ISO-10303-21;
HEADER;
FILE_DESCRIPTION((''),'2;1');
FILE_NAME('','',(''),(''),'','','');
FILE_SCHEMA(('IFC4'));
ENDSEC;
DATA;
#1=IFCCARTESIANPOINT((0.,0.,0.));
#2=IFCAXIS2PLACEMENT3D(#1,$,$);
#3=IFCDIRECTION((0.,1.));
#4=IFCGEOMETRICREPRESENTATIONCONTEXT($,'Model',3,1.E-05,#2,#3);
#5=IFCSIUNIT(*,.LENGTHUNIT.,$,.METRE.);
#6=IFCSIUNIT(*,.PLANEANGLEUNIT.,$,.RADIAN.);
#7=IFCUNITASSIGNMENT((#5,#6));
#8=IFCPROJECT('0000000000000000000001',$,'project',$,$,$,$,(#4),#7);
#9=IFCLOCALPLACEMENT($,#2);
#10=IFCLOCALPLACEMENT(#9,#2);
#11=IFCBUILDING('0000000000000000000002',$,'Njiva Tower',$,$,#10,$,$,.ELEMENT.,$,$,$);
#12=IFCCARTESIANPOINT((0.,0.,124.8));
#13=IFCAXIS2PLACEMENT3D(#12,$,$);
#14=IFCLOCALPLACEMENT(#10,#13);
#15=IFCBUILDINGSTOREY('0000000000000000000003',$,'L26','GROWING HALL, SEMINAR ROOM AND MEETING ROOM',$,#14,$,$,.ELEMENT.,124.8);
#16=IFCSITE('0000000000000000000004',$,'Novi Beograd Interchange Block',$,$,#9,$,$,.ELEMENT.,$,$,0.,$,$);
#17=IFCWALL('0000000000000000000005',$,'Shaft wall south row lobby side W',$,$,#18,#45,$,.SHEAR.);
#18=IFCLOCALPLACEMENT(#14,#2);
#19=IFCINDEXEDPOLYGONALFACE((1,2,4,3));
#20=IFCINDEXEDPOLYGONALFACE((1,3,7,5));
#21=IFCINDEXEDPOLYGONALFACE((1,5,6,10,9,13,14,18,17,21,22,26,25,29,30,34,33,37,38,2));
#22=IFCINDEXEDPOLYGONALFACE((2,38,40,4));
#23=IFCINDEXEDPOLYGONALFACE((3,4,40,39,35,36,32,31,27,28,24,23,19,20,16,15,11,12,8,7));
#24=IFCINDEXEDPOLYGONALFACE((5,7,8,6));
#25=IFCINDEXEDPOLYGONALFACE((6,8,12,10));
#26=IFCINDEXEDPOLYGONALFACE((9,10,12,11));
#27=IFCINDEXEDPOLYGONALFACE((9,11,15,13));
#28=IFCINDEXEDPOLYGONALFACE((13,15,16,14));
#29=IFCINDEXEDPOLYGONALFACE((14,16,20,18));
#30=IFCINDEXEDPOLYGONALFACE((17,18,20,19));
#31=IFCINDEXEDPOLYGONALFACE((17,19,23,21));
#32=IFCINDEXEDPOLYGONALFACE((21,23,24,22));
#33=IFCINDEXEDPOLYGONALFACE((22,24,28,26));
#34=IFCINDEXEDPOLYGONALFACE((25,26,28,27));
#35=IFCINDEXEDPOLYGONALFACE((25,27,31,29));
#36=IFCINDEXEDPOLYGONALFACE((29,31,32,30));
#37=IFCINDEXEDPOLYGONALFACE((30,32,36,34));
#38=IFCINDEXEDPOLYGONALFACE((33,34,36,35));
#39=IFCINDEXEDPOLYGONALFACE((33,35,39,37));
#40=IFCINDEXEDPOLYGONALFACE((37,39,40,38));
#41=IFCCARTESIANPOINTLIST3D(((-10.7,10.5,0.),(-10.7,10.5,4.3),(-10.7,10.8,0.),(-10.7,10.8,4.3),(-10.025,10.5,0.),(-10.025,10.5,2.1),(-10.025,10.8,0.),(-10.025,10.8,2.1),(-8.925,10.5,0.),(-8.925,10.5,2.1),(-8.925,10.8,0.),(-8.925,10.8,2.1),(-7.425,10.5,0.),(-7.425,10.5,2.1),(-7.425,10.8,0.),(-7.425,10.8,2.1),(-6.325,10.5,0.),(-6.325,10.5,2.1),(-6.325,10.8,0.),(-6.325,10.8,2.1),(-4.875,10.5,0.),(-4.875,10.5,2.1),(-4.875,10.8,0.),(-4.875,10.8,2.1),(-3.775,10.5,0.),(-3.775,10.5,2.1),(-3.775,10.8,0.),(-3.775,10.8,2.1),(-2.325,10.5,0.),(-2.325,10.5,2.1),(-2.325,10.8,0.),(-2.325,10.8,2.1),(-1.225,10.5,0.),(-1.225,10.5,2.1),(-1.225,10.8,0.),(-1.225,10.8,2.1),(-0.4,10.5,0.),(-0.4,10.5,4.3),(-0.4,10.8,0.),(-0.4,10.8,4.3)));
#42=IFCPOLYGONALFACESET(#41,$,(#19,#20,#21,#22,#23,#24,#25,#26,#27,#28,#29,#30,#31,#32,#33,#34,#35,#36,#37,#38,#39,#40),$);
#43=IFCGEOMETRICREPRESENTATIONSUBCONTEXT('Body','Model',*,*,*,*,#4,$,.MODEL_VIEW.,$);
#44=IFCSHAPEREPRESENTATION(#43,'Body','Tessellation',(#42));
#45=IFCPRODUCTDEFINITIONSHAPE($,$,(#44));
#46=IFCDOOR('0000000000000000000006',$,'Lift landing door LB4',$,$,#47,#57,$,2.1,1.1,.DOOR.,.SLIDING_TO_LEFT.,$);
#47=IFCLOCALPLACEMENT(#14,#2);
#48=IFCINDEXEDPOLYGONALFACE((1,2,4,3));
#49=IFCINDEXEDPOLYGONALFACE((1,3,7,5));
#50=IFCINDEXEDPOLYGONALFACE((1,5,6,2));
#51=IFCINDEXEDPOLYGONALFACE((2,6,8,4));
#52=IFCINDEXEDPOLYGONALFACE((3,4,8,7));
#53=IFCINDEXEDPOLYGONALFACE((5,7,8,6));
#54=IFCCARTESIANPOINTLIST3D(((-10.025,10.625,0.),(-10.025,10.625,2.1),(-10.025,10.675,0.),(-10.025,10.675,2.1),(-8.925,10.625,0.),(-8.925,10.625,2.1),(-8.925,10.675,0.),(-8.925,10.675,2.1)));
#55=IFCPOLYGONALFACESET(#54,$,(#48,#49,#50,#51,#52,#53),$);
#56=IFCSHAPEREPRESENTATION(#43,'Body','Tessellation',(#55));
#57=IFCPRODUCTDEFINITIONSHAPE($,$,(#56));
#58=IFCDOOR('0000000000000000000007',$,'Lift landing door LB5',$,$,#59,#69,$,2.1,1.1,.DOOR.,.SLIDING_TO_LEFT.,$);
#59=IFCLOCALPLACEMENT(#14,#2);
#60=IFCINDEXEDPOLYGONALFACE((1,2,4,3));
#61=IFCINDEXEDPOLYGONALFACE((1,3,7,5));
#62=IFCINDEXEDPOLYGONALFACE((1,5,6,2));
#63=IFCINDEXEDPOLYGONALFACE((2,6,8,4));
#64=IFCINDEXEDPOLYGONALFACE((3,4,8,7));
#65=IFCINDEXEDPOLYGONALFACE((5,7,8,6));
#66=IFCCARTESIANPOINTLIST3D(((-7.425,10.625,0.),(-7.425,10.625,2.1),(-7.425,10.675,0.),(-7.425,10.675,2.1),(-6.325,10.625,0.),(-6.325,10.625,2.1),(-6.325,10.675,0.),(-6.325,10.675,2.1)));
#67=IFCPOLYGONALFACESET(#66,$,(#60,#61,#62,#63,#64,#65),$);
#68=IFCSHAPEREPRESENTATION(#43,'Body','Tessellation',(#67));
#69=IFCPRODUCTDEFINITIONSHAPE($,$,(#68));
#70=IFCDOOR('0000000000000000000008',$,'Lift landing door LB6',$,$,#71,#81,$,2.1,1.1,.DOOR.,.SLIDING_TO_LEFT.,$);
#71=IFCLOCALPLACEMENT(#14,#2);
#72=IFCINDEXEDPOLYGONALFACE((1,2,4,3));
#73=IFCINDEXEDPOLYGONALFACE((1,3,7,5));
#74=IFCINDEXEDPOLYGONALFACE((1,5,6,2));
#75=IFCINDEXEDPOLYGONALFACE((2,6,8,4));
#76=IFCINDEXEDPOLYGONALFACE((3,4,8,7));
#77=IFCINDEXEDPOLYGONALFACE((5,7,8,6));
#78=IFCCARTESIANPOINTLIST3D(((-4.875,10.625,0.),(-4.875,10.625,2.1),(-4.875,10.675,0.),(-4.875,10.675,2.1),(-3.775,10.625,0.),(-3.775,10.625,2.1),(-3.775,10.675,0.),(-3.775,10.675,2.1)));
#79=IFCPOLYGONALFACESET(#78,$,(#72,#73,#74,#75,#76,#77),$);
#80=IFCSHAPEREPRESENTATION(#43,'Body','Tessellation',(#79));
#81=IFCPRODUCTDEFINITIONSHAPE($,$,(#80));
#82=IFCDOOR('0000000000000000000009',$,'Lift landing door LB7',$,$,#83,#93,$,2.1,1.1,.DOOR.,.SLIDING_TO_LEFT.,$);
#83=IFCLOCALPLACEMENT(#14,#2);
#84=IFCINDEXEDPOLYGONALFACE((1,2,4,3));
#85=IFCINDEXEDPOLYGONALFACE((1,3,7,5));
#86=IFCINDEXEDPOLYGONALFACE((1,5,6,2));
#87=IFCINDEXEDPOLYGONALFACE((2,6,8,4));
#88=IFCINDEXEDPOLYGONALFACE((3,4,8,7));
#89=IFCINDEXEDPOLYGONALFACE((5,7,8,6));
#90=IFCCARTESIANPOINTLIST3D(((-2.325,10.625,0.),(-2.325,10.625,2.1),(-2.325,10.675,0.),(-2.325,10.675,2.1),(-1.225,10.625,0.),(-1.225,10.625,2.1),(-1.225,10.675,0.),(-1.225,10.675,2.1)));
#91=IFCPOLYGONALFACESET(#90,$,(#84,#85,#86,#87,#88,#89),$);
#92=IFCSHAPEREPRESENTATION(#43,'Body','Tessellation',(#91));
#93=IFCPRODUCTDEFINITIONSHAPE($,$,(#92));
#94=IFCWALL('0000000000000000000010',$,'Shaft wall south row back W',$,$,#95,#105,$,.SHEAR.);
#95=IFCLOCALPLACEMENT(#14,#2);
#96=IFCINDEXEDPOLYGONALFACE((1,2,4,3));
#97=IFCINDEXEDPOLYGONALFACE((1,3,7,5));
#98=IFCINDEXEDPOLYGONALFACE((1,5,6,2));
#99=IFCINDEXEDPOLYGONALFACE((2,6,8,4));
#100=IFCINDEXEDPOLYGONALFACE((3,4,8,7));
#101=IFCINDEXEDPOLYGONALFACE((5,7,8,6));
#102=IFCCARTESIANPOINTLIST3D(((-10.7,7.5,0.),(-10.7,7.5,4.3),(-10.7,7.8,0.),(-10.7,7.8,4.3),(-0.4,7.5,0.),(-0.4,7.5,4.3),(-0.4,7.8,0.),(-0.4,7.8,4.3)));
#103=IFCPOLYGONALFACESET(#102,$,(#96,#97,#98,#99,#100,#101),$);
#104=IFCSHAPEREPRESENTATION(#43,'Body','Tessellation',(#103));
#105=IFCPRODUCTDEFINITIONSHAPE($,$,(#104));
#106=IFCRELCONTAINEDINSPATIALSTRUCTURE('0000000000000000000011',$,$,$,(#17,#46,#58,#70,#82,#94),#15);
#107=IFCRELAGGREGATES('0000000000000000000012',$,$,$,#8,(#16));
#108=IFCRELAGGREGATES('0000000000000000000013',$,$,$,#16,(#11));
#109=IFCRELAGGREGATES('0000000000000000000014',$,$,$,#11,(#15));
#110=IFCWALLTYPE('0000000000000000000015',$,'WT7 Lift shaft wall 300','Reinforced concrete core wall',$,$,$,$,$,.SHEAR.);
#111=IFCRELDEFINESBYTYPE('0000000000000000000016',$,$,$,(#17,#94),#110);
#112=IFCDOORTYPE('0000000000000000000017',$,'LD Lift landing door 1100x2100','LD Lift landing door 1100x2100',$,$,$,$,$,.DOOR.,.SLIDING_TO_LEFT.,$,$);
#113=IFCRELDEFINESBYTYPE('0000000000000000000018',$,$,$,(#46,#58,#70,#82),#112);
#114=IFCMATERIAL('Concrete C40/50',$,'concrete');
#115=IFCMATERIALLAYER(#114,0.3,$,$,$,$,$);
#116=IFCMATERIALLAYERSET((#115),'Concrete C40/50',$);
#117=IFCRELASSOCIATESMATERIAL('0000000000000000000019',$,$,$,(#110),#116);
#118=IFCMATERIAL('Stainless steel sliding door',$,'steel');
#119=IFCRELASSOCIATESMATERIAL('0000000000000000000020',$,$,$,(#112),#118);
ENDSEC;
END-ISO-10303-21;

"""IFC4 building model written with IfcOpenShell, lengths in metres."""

from ifc_helpers import new_model, si_unit, direction, frame, frame_2d, origin, place, context, subcontext, project, spatial, rectangle, extrude, material, layer, layer_set, type_object, element, fill, save


model = new_model("IFC4")

# Units and contexts
model_context = context("Model", 3, precision=1e-05, world=origin(), true_north=direction((0.0, 1.0)))
body_context = subcontext(model_context, "Body", "Model", "MODEL_VIEW")
ifc_project = project(units=[si_unit("LENGTHUNIT", "METRE"), si_unit("PLANEANGLEUNIT", "RADIAN")], contexts=[model_context])

# Site, building, storey
site_placement = place(None, origin())
site = spatial("IfcSite", under=ifc_project, at=site_placement, Name="Novi Beograd Interchange Block", CompositionType="ELEMENT", RefElevation=0.0)
building_placement = place(site_placement, origin())
building = spatial("IfcBuilding", under=site, at=building_placement, Name="Njiva Tower", CompositionType="ELEMENT")
storey_placement = place(building_placement, frame((0.0, 0.0, 124.8)))
storey = spatial("IfcBuildingStorey", under=building, at=storey_placement, Name="L26", Description="GROWING HALL, SEMINAR ROOM AND MEETING ROOM", CompositionType="ELEMENT", Elevation=124.8)

# Shared definitions
ifc_material_1 = material(Name="Concrete C40/50", Category="concrete")

# Wall, openings, doors
ifc_layer_1 = layer(ifc_material_1, 0.3)
ifc_layer_set_1 = layer_set([ifc_layer_1], Name="Concrete C40/50")
wall_type_1 = type_object("IfcWallType", Name="WT7 Lift shaft wall 300", Description="Reinforced concrete core wall", PredefinedType="SHEAR", material=ifc_layer_set_1)
wall_1_placement = place(storey_placement, frame((-10.7, 10.65, 0.0), z_axis=(0.0, 0.0, 1.0), x_axis=(1.0, 0.0, 0.0)))
wall_1 = element("IfcWall", 1, at=wall_1_placement, inside=storey, type_object=wall_type_1, Name="Shaft wall south row lobby side W", PredefinedType="SHEAR", context=body_context, shape_type="SweptSolid", body=[
    extrude(rectangle(XDim=10.3, YDim=0.3, at=frame_2d((5.15, 0.0))), origin(), (0.0, 0.0, 1.0), 4.3),
])
opening_1_placement = place(wall_1_placement, frame((0.675, 0.0, 0.0)))
opening_1 = element("IfcOpeningElement", 2, at=opening_1_placement, cuts=wall_1, PredefinedType="OPENING", context=body_context, shape_type="SweptSolid", body=[
    extrude(rectangle(XDim=1.1, YDim=2.1, at=frame_2d((0.55, 1.05))), frame((0.0, 0.16, 0.0), z_axis=(0.0, -1.0, 0.0), x_axis=(1.0, 0.0, 0.0)), (0.0, 0.0, 1.0), 0.32),
])
opening_2_placement = place(wall_1_placement, frame((3.275, 0.0, 0.0)))
opening_2 = element("IfcOpeningElement", 3, at=opening_2_placement, cuts=wall_1, PredefinedType="OPENING", context=body_context, shape_type="SweptSolid", body=[
    extrude(rectangle(XDim=1.1, YDim=2.1, at=frame_2d((0.55, 1.05))), frame((0.0, 0.16, 0.0), z_axis=(0.0, -1.0, 0.0), x_axis=(1.0, 0.0, 0.0)), (0.0, 0.0, 1.0), 0.32),
])
opening_3_placement = place(wall_1_placement, frame((5.825, 0.0, 0.0)))
opening_3 = element("IfcOpeningElement", 4, at=opening_3_placement, cuts=wall_1, PredefinedType="OPENING", context=body_context, shape_type="SweptSolid", body=[
    extrude(rectangle(XDim=1.1, YDim=2.1, at=frame_2d((0.55, 1.05))), frame((0.0, 0.16, 0.0), z_axis=(0.0, -1.0, 0.0), x_axis=(1.0, 0.0, 0.0)), (0.0, 0.0, 1.0), 0.32),
])
opening_4_placement = place(wall_1_placement, frame((8.375, 0.0, 0.0)))
opening_4 = element("IfcOpeningElement", 5, at=opening_4_placement, cuts=wall_1, PredefinedType="OPENING", context=body_context, shape_type="SweptSolid", body=[
    extrude(rectangle(XDim=1.1, YDim=2.1, at=frame_2d((0.55, 1.05))), frame((0.0, 0.16, 0.0), z_axis=(0.0, -1.0, 0.0), x_axis=(1.0, 0.0, 0.0)), (0.0, 0.0, 1.0), 0.32),
])
ifc_material_2 = material(Name="Stainless steel sliding door", Category="steel")
door_type_1 = type_object("IfcDoorType", Name="LD Lift landing door 1100x2100", Description="LD Lift landing door 1100x2100", OperationType="SLIDING_TO_LEFT", PredefinedType="DOOR", material=ifc_material_2)
door_1_placement = place(opening_1_placement, origin())
door_1 = element("IfcDoor", 6, at=door_1_placement, inside=storey, type_object=door_type_1, Name="Lift landing door LB4", OperationType="SLIDING_TO_LEFT", OverallHeight=2.1, OverallWidth=1.1, PredefinedType="DOOR", context=body_context, shape_type="SweptSolid", body=[
    extrude(rectangle(XDim=1.1, YDim=2.1, at=frame_2d((0.55, 1.05))), frame((0.0, 0.025, 0.0), z_axis=(0.0, -1.0, 0.0), x_axis=(1.0, 0.0, 0.0)), (0.0, 0.0, 1.0), 0.05),
])
fill(opening_1, door_1)
door_2_placement = place(opening_2_placement, origin())
door_2 = element("IfcDoor", 7, at=door_2_placement, inside=storey, type_object=door_type_1, Name="Lift landing door LB5", OperationType="SLIDING_TO_LEFT", OverallHeight=2.1, OverallWidth=1.1, PredefinedType="DOOR", context=body_context, shape_type="SweptSolid", body=[
    extrude(rectangle(XDim=1.1, YDim=2.1, at=frame_2d((0.55, 1.05))), frame((0.0, 0.025, 0.0), z_axis=(0.0, -1.0, 0.0), x_axis=(1.0, 0.0, 0.0)), (0.0, 0.0, 1.0), 0.05),
])
fill(opening_2, door_2)
door_3_placement = place(opening_3_placement, origin())
door_3 = element("IfcDoor", 8, at=door_3_placement, inside=storey, type_object=door_type_1, Name="Lift landing door LB6", OperationType="SLIDING_TO_LEFT", OverallHeight=2.1, OverallWidth=1.1, PredefinedType="DOOR", context=body_context, shape_type="SweptSolid", body=[
    extrude(rectangle(XDim=1.1, YDim=2.1, at=frame_2d((0.55, 1.05))), frame((0.0, 0.025, 0.0), z_axis=(0.0, -1.0, 0.0), x_axis=(1.0, 0.0, 0.0)), (0.0, 0.0, 1.0), 0.05),
])
fill(opening_3, door_3)
door_4_placement = place(opening_4_placement, origin())
door_4 = element("IfcDoor", 9, at=door_4_placement, inside=storey, type_object=door_type_1, Name="Lift landing door LB7", OperationType="SLIDING_TO_LEFT", OverallHeight=2.1, OverallWidth=1.1, PredefinedType="DOOR", context=body_context, shape_type="SweptSolid", body=[
    extrude(rectangle(XDim=1.1, YDim=2.1, at=frame_2d((0.55, 1.05))), frame((0.0, 0.025, 0.0), z_axis=(0.0, -1.0, 0.0), x_axis=(1.0, 0.0, 0.0)), (0.0, 0.0, 1.0), 0.05),
])
fill(opening_4, door_4)

# Wall
wall_2_placement = place(storey_placement, frame((-10.7, 7.65, 0.0), z_axis=(0.0, 0.0, 1.0), x_axis=(1.0, 0.0, 0.0)))
element("IfcWall", 10, at=wall_2_placement, inside=storey, type_object=wall_type_1, Name="Shaft wall south row back W", PredefinedType="SHEAR", context=body_context, shape_type="SweptSolid", body=[
    extrude(rectangle(XDim=10.3, YDim=0.3, at=frame_2d((5.15, 0.0))), origin(), (0.0, 0.0, 1.0), 4.3),
])

save(model, "model.ifc")
